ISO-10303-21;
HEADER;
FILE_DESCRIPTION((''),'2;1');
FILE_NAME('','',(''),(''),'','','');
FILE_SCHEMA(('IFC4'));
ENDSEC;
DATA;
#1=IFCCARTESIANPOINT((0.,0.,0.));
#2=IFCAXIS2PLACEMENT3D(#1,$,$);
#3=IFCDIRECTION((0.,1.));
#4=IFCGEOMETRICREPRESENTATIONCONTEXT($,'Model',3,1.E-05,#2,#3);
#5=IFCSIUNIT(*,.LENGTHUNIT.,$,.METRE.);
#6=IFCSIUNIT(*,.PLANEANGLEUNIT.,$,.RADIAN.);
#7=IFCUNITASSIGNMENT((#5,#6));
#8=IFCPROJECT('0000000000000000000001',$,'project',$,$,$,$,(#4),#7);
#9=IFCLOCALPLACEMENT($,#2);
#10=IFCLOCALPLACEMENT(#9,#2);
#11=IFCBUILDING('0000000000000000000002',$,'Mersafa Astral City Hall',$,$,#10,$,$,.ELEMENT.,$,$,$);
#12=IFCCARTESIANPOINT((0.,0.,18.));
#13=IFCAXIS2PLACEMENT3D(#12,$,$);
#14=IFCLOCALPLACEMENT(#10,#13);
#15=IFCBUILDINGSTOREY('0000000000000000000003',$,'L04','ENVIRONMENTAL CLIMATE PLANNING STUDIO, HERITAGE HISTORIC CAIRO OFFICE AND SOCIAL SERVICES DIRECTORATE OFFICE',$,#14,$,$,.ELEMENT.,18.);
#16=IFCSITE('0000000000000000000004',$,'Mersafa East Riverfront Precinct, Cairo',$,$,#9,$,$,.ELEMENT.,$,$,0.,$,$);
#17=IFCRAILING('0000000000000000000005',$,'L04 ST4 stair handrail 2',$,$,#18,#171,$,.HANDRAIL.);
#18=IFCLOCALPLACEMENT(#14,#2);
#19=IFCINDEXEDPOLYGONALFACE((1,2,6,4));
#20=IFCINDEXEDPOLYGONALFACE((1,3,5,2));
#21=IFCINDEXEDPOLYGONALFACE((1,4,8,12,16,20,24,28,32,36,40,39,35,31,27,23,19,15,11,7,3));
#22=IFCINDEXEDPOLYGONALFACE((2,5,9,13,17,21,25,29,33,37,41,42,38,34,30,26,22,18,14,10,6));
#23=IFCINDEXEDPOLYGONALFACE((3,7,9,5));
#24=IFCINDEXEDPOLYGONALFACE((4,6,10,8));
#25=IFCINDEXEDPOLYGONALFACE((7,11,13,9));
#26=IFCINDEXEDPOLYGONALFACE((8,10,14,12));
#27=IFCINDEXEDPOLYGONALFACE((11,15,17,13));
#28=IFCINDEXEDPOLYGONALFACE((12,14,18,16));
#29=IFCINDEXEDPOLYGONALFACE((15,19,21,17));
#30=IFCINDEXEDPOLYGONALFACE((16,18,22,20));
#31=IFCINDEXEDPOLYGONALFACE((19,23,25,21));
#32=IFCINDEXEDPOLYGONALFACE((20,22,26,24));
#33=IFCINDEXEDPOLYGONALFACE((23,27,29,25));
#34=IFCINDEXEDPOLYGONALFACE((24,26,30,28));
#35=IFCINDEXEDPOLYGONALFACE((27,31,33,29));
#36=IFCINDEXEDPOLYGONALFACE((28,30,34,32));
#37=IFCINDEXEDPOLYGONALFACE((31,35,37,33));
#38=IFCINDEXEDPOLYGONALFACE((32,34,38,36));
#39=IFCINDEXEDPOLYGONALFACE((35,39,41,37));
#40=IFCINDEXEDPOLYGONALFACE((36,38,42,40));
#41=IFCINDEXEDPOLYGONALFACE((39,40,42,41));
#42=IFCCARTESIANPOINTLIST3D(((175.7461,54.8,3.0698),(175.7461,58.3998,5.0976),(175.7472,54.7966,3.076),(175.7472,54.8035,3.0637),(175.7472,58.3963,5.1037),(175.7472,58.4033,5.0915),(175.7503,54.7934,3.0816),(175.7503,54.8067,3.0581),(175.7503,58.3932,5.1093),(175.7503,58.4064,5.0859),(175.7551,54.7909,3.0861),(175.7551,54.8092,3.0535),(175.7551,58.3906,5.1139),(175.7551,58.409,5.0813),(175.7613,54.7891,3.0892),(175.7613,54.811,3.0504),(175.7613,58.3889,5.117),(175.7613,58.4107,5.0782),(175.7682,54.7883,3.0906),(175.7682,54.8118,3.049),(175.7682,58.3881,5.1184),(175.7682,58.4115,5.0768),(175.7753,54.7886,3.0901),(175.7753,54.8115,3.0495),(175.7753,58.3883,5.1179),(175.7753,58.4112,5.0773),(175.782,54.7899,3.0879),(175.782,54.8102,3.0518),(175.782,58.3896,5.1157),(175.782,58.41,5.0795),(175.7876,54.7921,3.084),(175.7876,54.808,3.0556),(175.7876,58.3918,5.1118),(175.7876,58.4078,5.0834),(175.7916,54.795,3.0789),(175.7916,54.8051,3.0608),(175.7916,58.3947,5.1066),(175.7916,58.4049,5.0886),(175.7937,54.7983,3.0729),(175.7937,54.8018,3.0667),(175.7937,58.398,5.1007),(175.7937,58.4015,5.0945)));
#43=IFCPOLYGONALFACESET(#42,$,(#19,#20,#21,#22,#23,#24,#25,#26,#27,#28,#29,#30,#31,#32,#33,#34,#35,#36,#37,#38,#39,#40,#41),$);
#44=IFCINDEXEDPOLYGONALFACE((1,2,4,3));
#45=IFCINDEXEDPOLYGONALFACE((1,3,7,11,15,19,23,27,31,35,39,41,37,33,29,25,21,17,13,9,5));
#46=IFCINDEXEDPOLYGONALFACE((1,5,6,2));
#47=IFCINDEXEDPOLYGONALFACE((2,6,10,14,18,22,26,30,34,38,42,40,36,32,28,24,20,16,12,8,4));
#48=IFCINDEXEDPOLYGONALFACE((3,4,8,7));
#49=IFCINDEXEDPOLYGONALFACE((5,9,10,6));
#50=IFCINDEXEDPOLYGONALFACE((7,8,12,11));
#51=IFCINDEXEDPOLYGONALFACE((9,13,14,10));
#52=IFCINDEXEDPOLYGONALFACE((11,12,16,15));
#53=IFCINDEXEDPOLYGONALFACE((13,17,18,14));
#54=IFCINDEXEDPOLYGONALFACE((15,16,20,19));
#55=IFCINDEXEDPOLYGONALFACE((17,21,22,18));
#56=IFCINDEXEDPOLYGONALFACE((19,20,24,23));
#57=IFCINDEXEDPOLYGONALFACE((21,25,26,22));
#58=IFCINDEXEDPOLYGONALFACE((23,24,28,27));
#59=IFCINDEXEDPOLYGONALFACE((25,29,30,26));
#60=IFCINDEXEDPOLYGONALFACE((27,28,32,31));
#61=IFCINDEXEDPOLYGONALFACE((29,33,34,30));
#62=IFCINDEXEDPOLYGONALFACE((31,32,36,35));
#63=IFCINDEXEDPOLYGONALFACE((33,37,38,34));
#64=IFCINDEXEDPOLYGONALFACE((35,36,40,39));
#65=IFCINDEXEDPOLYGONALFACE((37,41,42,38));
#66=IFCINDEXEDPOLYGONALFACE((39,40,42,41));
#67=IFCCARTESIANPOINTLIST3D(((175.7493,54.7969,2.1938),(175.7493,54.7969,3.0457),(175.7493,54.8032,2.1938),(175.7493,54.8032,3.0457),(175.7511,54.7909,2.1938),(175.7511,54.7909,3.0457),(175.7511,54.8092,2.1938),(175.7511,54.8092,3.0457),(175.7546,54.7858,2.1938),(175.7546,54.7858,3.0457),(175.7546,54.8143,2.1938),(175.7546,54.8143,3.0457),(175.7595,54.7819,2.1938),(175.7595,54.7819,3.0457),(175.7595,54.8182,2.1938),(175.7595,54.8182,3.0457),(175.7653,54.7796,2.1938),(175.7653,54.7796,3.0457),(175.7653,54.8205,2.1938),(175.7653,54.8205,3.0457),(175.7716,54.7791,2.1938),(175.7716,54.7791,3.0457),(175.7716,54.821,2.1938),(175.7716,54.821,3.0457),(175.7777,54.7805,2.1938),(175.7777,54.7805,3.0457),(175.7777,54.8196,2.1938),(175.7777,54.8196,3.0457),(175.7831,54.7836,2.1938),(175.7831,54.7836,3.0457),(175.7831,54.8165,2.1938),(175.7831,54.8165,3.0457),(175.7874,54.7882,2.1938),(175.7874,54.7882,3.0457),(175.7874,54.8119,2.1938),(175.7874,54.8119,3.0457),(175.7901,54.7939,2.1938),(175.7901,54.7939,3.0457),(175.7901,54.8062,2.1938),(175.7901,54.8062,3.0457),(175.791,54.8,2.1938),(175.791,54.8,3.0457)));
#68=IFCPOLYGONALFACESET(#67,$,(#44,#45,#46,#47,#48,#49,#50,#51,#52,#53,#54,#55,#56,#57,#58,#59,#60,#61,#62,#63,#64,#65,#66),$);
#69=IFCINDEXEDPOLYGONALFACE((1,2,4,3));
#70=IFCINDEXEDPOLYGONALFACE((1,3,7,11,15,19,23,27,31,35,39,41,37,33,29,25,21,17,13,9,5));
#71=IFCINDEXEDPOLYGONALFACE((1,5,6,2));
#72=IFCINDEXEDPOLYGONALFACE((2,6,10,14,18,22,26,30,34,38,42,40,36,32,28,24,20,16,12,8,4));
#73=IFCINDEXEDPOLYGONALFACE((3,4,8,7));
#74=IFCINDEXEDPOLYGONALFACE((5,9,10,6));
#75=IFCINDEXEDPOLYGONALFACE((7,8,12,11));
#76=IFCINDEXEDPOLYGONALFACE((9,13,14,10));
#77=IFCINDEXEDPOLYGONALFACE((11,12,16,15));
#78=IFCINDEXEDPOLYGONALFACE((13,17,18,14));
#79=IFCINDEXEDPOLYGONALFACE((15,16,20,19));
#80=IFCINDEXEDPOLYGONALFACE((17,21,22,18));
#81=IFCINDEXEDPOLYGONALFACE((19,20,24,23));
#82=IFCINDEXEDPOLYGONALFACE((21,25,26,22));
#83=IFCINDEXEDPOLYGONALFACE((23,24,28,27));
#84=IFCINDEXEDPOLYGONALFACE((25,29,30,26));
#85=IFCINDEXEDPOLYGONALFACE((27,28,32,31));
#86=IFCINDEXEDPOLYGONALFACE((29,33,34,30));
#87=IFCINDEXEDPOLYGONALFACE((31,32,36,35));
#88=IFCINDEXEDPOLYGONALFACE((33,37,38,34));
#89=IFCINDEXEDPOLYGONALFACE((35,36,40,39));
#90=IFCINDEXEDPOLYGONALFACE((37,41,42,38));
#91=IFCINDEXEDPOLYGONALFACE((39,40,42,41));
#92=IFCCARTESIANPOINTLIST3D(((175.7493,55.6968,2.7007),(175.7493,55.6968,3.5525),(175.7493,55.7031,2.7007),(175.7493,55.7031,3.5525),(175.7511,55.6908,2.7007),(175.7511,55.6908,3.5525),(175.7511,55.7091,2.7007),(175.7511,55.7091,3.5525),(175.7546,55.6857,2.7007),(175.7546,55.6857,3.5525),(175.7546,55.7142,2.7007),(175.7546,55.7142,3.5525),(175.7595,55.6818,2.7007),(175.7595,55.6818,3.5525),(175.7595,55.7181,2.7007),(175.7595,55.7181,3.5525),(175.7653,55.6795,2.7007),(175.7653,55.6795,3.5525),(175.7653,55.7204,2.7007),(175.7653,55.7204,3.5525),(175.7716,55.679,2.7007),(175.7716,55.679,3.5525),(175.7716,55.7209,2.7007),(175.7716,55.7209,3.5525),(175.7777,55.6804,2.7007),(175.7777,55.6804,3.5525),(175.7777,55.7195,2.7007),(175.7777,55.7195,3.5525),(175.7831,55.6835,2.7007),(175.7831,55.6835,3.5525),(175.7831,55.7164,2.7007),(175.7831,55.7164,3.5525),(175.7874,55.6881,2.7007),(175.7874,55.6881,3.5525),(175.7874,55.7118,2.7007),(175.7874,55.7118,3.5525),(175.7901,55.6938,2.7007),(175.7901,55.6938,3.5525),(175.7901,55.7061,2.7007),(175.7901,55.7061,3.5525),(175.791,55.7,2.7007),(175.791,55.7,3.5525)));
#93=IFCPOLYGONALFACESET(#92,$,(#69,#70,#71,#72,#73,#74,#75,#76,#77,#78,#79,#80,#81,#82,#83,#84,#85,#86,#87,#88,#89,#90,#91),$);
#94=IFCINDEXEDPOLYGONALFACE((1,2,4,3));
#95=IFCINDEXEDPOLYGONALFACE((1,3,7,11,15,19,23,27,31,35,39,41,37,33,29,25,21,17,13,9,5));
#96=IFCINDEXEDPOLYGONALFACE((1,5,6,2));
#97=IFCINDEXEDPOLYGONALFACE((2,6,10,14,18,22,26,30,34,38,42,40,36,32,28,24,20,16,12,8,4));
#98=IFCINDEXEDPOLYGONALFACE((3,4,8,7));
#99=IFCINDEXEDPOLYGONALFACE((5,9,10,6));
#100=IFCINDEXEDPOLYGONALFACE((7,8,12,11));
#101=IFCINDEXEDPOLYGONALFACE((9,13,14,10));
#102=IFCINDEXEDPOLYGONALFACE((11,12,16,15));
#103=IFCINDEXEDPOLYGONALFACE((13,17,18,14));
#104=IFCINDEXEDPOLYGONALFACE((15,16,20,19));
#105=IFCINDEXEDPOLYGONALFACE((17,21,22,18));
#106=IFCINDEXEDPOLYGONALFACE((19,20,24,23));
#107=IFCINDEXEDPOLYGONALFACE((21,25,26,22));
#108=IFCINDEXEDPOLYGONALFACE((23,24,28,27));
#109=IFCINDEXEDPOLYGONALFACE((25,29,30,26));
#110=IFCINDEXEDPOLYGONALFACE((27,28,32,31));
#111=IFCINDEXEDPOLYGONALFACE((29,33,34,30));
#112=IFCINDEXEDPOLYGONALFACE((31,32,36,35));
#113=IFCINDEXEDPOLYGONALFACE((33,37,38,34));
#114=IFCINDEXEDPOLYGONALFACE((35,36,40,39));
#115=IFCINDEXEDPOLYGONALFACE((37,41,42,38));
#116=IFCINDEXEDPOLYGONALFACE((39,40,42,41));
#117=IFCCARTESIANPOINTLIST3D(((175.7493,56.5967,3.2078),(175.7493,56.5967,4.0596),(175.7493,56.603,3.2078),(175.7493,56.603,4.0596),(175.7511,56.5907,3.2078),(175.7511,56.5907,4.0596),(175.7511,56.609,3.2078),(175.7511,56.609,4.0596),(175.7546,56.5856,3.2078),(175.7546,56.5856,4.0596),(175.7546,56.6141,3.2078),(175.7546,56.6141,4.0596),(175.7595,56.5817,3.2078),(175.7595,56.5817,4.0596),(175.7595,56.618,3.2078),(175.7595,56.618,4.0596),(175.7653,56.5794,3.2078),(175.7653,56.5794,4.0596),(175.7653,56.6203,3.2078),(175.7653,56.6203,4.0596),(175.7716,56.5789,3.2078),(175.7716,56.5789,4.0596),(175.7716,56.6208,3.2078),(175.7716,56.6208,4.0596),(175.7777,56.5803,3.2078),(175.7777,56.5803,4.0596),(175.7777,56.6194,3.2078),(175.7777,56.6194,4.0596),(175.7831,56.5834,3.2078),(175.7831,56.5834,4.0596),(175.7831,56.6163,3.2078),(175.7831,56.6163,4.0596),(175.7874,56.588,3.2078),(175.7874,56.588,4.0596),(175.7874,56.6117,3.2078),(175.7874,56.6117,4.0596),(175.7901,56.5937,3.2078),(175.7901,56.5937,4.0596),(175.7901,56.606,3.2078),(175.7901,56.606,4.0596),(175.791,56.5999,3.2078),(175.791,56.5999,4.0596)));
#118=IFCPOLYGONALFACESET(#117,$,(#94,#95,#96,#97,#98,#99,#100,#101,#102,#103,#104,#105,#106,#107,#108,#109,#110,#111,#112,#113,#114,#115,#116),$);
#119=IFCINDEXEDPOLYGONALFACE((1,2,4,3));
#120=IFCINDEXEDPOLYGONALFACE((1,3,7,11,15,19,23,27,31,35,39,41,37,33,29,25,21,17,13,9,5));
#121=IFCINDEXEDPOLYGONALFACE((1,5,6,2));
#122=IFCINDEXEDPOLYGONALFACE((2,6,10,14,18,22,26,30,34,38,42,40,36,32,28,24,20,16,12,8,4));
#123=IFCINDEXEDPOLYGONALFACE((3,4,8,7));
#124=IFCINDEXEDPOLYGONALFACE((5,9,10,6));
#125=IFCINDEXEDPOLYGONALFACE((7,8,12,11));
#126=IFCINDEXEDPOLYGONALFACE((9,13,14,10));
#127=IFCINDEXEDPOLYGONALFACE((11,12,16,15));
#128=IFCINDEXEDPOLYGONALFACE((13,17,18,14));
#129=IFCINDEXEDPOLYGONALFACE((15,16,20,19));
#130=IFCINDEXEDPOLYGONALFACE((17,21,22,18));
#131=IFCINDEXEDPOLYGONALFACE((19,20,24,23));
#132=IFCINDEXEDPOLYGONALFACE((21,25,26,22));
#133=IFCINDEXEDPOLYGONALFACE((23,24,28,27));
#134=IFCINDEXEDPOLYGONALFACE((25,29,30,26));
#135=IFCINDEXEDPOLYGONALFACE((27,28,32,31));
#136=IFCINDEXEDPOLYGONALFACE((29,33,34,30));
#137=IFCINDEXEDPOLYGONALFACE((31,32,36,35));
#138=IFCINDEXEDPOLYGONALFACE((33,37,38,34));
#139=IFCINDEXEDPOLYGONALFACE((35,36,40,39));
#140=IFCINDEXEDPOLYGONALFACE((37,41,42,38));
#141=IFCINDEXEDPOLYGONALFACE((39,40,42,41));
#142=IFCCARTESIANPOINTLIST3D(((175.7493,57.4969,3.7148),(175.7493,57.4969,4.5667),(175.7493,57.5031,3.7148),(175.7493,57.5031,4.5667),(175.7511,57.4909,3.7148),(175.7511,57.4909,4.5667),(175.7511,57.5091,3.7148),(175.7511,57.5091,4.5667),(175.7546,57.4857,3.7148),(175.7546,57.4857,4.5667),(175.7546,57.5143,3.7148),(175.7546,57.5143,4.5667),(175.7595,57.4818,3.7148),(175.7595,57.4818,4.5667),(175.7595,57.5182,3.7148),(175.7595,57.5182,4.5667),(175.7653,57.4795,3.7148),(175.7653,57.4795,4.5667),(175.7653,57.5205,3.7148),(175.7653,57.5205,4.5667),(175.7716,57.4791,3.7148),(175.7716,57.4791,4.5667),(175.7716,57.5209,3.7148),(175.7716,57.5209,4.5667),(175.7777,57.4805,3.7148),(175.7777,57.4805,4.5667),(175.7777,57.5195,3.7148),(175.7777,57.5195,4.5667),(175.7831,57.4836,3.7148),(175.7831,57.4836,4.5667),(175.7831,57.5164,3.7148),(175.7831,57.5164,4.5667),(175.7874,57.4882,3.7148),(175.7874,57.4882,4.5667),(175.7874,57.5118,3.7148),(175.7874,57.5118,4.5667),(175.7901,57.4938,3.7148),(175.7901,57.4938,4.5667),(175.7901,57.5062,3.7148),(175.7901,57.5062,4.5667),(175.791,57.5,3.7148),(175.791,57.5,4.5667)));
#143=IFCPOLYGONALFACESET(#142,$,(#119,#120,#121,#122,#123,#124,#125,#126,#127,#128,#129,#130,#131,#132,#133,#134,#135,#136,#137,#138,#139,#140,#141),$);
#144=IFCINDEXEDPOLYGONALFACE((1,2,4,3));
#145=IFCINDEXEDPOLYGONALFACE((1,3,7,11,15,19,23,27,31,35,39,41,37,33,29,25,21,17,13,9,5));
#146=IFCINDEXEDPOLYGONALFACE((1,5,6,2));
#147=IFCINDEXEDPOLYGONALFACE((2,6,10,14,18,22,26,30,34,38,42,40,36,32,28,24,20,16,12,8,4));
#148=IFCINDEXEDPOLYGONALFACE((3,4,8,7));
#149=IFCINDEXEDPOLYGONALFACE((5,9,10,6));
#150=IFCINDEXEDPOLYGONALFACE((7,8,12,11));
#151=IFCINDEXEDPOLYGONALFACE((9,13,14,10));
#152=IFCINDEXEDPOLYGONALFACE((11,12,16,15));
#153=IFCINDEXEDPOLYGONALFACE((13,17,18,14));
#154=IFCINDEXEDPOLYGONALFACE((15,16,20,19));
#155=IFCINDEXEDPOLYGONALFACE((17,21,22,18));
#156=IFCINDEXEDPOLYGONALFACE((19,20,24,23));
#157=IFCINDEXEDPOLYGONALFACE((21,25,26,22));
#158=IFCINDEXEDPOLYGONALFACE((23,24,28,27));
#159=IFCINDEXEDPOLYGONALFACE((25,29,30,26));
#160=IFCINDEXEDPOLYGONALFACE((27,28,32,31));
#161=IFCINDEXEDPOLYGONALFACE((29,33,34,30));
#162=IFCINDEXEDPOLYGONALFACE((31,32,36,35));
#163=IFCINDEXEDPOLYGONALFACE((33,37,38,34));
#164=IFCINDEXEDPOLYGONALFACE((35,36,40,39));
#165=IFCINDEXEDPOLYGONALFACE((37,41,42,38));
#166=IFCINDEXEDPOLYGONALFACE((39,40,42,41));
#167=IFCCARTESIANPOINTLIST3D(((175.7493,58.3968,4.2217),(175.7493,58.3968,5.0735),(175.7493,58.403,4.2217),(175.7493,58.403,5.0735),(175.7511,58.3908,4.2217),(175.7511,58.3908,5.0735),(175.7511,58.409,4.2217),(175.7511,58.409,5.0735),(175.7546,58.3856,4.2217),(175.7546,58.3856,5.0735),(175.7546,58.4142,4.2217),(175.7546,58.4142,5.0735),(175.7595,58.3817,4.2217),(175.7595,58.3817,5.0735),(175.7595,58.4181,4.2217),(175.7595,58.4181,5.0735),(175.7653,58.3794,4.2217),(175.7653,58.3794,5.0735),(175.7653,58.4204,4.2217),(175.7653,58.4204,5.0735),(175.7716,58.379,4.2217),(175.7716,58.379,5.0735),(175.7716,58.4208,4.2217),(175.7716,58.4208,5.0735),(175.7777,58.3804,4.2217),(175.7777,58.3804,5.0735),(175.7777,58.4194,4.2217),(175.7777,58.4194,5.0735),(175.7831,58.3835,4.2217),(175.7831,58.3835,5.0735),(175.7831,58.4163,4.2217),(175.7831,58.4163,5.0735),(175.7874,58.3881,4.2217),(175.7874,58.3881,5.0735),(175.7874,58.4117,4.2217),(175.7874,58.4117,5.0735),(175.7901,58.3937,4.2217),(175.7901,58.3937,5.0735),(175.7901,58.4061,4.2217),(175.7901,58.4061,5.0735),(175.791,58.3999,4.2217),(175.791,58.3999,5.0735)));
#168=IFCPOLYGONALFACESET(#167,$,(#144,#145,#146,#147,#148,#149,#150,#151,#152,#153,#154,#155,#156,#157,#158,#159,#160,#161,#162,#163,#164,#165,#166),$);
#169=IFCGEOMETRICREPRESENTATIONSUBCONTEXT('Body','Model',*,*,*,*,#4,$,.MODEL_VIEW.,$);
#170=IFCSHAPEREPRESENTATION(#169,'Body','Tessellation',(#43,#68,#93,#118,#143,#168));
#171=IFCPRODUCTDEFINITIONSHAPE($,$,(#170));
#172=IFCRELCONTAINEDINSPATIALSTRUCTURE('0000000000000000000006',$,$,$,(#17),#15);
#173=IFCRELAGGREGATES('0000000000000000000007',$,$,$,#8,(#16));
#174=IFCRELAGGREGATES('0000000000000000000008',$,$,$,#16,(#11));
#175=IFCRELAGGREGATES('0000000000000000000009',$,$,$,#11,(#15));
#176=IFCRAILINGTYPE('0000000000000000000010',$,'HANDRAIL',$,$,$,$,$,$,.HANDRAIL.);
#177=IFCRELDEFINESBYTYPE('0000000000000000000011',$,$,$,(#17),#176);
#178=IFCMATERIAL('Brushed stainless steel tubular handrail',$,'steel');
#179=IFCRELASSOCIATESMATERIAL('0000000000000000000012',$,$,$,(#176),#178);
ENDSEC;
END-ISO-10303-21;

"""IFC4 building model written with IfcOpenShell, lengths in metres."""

from ifc_helpers import new_model, si_unit, direction, frame, origin, origin_2d, place, context, subcontext, project, spatial, circle, extrude, material, type_object, element, save


model = new_model("IFC4")

# Units and contexts
model_context = context("Model", 3, precision=1e-05, world=origin(), true_north=direction((0.0, 1.0)))
body_context = subcontext(model_context, "Body", "Model", "MODEL_VIEW")
ifc_project = project(units=[si_unit("LENGTHUNIT", "METRE"), si_unit("PLANEANGLEUNIT", "RADIAN")], contexts=[model_context])

# Site, building, storey
site_placement = place(None, origin())
site = spatial("IfcSite", under=ifc_project, at=site_placement, Name="Mersafa East Riverfront Precinct, Cairo", CompositionType="ELEMENT", RefElevation=0.0)
building_placement = place(site_placement, origin())
building = spatial("IfcBuilding", under=site, at=building_placement, Name="Mersafa Astral City Hall", CompositionType="ELEMENT")
storey_placement = place(building_placement, frame((0.0, 0.0, 18.0)))
storey = spatial("IfcBuildingStorey", under=building, at=storey_placement, Name="L04", Description="ENVIRONMENTAL CLIMATE PLANNING STUDIO, HERITAGE HISTORIC CAIRO OFFICE AND SOCIAL SERVICES DIRECTORATE OFFICE", CompositionType="ELEMENT", Elevation=18.0)

# Railing
ifc_material_1 = material(Name="Brushed stainless steel tubular handrail", Category="steel")
railing_type_1 = type_object("IfcRailingType", Name="HANDRAIL", PredefinedType="HANDRAIL", material=ifc_material_1)
railing_1_placement = place(storey_placement, frame((175.77, 54.8, 2.1938)))
element("IfcRailing", 1, at=railing_1_placement, inside=storey, type_object=railing_type_1, Name="L04 ST4 stair handrail 2", PredefinedType="HANDRAIL", context=body_context, shape_type="SweptSolid", body=[
    extrude(circle(Radius=0.0239, at=origin_2d()), frame((0.0, 0.0, 0.876), z_axis=(0.0, 0.871274, 0.490797), x_axis=(-1.0, 0.0, 0.0)), (0.0, 0.0, 1.0), 4.1316),
    extrude(circle(Radius=0.021, at=origin_2d()), origin(), (0.0, 0.0, 1.0), 0.8518),
    extrude(circle(Radius=0.021, at=origin_2d()), frame((0.0, 0.8999, 0.5068)), (0.0, 0.0, 1.0), 0.8518),
    extrude(circle(Radius=0.021, at=origin_2d()), frame((0.0, 1.7998, 1.0139)), (0.0, 0.0, 1.0), 0.8518),
    extrude(circle(Radius=0.021, at=origin_2d()), frame((0.0, 2.7, 1.521)), (0.0, 0.0, 1.0), 0.8518),
    extrude(circle(Radius=0.021, at=origin_2d()), frame((0.0, 3.5999, 2.0278)), (0.0, 0.0, 1.0), 0.8518),
])

save(model, "model.ifc")
